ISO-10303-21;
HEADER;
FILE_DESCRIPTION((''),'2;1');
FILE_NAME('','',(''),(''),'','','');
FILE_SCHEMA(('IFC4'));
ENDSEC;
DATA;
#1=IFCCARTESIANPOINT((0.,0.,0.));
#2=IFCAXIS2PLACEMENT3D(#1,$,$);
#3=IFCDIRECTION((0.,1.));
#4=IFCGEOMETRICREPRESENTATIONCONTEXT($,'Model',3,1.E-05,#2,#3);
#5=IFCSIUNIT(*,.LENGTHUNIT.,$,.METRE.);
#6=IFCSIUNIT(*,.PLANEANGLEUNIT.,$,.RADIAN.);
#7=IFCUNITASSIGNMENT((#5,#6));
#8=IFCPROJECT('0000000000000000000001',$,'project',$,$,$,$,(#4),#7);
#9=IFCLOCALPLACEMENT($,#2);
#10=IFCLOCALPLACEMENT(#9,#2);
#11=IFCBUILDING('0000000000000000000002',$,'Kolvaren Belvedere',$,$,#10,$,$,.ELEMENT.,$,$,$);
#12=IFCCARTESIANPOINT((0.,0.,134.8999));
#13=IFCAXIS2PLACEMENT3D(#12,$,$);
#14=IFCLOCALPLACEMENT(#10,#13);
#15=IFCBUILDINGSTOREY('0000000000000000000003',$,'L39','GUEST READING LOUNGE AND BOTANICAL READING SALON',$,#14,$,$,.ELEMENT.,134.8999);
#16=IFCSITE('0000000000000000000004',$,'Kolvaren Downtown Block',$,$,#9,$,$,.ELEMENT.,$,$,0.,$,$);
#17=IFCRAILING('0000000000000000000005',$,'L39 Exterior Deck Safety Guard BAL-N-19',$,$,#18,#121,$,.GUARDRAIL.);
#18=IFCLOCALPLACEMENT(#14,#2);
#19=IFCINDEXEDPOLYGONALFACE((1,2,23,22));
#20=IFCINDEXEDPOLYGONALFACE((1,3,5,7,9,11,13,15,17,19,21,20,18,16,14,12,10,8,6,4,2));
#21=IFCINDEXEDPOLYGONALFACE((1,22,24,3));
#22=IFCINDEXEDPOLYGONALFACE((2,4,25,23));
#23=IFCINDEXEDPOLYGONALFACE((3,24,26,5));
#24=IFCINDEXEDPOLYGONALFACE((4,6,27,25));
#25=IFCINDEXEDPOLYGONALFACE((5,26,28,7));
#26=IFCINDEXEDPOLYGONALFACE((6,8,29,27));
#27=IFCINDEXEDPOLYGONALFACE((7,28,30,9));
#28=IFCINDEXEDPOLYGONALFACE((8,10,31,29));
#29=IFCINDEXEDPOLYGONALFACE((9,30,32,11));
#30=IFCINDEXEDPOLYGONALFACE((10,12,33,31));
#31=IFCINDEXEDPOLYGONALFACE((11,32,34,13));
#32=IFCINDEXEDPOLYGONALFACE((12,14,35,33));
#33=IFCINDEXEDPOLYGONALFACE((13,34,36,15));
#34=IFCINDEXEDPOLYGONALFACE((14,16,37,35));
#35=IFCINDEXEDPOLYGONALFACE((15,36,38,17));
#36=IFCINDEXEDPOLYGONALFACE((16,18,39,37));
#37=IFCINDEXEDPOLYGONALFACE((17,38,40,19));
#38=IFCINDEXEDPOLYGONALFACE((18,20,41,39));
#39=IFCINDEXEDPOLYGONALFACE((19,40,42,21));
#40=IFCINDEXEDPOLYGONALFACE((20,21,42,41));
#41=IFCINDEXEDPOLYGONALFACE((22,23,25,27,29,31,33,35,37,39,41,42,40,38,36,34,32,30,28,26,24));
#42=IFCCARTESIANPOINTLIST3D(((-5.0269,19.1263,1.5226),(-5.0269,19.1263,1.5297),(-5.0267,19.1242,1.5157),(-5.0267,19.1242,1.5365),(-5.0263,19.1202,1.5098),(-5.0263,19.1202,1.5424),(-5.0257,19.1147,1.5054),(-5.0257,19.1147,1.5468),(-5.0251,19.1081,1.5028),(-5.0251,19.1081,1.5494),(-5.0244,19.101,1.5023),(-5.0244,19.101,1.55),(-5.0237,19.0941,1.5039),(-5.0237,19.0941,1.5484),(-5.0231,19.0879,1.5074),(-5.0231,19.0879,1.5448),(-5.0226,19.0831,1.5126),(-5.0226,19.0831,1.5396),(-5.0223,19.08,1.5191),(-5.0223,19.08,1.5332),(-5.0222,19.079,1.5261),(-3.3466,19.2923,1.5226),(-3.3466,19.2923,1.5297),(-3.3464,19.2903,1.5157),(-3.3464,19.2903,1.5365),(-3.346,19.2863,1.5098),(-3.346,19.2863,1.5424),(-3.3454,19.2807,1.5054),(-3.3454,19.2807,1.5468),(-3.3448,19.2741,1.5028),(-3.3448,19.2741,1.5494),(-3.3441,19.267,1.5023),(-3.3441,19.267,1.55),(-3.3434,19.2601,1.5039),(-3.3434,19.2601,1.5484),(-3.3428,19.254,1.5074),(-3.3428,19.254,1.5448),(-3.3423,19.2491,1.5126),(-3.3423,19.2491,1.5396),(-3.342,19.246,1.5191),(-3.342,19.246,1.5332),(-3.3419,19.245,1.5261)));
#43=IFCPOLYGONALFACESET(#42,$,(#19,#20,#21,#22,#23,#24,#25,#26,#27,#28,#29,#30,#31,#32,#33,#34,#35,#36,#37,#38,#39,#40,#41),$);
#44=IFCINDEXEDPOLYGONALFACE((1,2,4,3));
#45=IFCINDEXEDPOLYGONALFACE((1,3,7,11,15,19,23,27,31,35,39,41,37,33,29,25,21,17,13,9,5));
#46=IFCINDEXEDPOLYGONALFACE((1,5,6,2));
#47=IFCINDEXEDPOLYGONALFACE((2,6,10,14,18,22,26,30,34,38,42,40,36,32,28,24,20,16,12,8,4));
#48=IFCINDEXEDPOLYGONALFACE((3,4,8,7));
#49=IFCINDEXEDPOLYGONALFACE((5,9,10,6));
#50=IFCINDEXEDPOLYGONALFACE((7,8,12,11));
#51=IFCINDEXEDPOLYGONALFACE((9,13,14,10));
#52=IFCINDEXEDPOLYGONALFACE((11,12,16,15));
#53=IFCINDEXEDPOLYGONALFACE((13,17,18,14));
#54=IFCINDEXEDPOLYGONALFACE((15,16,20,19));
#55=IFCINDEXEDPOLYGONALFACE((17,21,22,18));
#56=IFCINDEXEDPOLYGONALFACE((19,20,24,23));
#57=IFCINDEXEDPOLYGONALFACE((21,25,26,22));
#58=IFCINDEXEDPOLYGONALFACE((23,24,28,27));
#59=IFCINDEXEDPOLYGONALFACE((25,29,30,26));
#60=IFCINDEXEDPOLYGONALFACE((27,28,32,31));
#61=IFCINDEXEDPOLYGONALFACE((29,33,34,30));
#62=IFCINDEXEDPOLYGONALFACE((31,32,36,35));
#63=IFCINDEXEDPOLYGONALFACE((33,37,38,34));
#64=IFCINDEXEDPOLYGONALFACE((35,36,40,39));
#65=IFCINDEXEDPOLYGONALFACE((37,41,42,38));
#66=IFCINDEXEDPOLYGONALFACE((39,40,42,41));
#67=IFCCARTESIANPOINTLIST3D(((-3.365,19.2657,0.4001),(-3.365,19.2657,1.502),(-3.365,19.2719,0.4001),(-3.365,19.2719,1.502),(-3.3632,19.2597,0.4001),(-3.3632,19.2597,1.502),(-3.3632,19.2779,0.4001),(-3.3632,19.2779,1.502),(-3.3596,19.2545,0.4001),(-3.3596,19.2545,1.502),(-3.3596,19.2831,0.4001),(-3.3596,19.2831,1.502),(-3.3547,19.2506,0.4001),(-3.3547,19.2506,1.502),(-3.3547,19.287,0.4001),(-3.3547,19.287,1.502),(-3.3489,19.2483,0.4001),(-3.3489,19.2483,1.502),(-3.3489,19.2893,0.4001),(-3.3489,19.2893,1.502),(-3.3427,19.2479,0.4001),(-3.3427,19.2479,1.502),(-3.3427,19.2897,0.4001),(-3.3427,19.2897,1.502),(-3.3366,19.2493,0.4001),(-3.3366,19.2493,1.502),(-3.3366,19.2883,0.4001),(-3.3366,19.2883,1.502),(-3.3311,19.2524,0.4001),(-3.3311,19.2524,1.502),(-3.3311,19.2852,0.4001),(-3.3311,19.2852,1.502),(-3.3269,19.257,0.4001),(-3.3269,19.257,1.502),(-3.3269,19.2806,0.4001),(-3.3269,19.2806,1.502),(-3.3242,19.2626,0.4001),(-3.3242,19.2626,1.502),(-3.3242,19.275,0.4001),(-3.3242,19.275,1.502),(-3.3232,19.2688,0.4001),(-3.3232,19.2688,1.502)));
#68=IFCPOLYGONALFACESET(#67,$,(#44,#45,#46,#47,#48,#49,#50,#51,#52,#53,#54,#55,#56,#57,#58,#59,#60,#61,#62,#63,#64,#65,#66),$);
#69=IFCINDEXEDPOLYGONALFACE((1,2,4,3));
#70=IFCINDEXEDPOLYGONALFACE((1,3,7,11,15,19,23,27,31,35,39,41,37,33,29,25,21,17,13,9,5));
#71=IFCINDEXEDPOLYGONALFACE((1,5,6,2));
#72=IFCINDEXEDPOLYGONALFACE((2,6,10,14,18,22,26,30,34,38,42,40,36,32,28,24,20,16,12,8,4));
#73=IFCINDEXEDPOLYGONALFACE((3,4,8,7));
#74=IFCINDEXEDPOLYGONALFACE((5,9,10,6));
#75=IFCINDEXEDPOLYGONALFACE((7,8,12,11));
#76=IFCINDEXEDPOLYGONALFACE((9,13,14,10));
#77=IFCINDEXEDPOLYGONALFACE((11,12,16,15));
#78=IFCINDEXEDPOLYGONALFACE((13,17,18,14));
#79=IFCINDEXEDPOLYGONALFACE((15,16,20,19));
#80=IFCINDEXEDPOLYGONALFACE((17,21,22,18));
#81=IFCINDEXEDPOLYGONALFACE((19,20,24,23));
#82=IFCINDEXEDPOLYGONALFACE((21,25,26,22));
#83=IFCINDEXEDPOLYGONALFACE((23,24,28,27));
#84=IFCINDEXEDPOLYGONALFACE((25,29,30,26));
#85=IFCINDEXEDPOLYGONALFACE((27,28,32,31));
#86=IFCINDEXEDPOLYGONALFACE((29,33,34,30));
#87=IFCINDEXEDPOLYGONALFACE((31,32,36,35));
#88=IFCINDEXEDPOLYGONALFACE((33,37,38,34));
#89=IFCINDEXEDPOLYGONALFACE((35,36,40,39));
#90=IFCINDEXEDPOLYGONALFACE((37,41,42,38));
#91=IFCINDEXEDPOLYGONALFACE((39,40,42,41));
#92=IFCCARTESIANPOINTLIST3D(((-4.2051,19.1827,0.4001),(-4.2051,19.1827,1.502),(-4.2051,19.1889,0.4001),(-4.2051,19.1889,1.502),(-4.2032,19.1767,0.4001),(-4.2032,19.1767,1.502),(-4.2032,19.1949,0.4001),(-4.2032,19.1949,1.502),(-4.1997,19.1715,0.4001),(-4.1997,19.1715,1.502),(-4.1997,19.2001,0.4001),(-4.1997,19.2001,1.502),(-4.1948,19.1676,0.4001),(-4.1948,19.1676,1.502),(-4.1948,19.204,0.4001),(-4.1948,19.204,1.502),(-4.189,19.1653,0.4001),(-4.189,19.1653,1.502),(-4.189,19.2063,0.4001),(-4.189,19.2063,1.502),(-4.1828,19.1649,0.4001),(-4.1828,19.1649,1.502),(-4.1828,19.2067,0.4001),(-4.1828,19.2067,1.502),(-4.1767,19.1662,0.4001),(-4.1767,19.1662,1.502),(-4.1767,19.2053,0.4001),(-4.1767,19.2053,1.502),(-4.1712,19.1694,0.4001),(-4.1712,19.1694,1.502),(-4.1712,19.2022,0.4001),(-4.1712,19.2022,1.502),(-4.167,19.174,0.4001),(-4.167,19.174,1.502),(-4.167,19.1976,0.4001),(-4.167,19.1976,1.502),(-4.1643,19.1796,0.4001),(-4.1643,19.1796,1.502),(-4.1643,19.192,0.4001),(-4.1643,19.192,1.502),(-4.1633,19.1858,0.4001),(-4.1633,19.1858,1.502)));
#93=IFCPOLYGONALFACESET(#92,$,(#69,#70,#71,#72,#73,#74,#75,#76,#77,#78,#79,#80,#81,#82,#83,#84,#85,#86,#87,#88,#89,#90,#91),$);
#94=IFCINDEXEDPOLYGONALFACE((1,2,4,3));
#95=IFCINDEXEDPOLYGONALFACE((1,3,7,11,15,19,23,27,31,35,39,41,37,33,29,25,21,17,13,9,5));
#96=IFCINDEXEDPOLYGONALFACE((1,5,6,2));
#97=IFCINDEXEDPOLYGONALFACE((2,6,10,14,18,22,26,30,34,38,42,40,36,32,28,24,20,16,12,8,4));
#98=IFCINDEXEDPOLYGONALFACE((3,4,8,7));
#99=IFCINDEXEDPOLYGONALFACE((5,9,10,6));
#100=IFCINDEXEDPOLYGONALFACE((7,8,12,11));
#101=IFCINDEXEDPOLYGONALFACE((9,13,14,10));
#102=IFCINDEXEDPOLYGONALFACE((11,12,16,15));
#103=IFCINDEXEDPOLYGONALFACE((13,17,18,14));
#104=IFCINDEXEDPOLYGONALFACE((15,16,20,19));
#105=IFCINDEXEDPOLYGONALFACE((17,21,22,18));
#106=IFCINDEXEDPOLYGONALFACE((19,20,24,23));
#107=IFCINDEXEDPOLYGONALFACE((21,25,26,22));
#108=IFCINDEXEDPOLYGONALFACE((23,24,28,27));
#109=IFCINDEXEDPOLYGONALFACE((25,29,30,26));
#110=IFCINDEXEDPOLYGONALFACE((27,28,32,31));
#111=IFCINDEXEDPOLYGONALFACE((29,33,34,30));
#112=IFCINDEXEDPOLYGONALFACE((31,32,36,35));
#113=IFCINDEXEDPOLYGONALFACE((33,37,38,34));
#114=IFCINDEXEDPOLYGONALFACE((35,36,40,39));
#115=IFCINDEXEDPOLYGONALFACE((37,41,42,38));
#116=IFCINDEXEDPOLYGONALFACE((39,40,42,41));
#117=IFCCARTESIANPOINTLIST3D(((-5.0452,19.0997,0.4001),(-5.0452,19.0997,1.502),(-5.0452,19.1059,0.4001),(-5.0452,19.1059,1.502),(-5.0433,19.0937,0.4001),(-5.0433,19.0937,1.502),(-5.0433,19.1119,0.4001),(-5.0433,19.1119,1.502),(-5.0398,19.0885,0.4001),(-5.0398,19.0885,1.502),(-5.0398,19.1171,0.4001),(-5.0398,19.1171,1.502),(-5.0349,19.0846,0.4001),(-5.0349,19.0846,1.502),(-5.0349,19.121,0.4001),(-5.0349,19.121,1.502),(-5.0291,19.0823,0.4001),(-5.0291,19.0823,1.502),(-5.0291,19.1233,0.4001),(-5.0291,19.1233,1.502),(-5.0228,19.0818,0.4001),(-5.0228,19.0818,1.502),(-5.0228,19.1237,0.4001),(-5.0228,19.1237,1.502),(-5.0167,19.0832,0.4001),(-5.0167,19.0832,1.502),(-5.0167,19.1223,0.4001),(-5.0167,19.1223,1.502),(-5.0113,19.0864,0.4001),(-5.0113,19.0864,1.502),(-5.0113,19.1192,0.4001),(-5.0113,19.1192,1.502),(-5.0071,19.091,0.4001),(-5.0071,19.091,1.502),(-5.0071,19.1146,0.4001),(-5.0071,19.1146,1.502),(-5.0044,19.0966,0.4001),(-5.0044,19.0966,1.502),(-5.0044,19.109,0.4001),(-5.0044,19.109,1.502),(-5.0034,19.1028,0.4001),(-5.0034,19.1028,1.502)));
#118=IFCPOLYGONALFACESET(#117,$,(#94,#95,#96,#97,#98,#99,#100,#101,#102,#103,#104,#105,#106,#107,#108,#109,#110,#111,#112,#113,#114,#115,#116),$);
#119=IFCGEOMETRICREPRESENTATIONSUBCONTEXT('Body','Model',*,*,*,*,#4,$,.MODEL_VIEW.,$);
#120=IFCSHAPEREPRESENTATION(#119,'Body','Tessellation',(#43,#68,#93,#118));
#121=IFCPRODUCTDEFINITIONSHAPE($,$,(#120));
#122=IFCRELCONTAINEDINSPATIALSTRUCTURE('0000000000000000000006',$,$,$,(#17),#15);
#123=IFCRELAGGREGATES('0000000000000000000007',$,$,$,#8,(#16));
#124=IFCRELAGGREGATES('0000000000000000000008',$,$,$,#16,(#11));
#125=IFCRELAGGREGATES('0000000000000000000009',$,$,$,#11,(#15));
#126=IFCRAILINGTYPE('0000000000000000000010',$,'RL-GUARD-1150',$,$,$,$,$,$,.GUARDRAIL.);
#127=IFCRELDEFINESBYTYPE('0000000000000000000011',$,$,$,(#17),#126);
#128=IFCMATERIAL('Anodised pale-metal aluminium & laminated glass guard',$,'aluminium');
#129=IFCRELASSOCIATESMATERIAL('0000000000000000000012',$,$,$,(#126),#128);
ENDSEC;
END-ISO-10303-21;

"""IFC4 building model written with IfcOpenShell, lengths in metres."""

from ifc_helpers import new_model, si_unit, direction, frame, origin, origin_2d, place, context, subcontext, project, spatial, circle, extrude, material, type_object, element, save


model = new_model("IFC4")

# Units and contexts
model_context = context("Model", 3, precision=1e-05, world=origin(), true_north=direction((0.0, 1.0)))
body_context = subcontext(model_context, "Body", "Model", "MODEL_VIEW")
ifc_project = project(units=[si_unit("LENGTHUNIT", "METRE"), si_unit("PLANEANGLEUNIT", "RADIAN")], contexts=[model_context])

# Site, building, storey
site_placement = place(None, origin())
site = spatial("IfcSite", under=ifc_project, at=site_placement, Name="Kolvaren Downtown Block", CompositionType="ELEMENT", RefElevation=0.0)
building_placement = place(site_placement, origin())
building = spatial("IfcBuilding", under=site, at=building_placement, Name="Kolvaren Belvedere", CompositionType="ELEMENT")
storey_placement = place(building_placement, frame((0.0, 0.0, 134.8999)))
storey = spatial("IfcBuildingStorey", under=building, at=storey_placement, Name="L39", Description="GUEST READING LOUNGE AND BOTANICAL READING SALON", CompositionType="ELEMENT", Elevation=134.8999)

# Railing
ifc_material_1 = material(Name="Anodised pale-metal aluminium & laminated glass guard", Category="aluminium")
railing_type = type_object("IfcRailingType", Name="RL-GUARD-1150", PredefinedType="GUARDRAIL", material=ifc_material_1)
railing_1_placement = place(storey_placement, frame((-3.3442, 19.2688, 0.4001)))
element("IfcRailing", 1, at=railing_1_placement, inside=storey, type_object=railing_type, Name="L39 Exterior Deck Safety Guard BAL-N-19", PredefinedType="GUARDRAIL", context=body_context, shape_type="SweptSolid", body=[
    extrude(circle(Radius=0.0239, at=origin_2d()), frame((0.0, 0.0, 1.126), z_axis=(-0.995154, -0.09833, 0.0), x_axis=(0.09833, -0.995154, 0.0)), (0.0, 0.0, 1.0), 1.6885),
    extrude(circle(Radius=0.021, at=origin_2d()), origin(), (0.0, 0.0, 1.0), 1.1018),
    extrude(circle(Radius=0.021, at=origin_2d()), frame((-0.8401, -0.083, 0.0)), (0.0, 0.0, 1.0), 1.1018),
    extrude(circle(Radius=0.021, at=origin_2d()), frame((-1.6802, -0.166, 0.0)), (0.0, 0.0, 1.0), 1.1018),
])

save(model, "model.ifc")
